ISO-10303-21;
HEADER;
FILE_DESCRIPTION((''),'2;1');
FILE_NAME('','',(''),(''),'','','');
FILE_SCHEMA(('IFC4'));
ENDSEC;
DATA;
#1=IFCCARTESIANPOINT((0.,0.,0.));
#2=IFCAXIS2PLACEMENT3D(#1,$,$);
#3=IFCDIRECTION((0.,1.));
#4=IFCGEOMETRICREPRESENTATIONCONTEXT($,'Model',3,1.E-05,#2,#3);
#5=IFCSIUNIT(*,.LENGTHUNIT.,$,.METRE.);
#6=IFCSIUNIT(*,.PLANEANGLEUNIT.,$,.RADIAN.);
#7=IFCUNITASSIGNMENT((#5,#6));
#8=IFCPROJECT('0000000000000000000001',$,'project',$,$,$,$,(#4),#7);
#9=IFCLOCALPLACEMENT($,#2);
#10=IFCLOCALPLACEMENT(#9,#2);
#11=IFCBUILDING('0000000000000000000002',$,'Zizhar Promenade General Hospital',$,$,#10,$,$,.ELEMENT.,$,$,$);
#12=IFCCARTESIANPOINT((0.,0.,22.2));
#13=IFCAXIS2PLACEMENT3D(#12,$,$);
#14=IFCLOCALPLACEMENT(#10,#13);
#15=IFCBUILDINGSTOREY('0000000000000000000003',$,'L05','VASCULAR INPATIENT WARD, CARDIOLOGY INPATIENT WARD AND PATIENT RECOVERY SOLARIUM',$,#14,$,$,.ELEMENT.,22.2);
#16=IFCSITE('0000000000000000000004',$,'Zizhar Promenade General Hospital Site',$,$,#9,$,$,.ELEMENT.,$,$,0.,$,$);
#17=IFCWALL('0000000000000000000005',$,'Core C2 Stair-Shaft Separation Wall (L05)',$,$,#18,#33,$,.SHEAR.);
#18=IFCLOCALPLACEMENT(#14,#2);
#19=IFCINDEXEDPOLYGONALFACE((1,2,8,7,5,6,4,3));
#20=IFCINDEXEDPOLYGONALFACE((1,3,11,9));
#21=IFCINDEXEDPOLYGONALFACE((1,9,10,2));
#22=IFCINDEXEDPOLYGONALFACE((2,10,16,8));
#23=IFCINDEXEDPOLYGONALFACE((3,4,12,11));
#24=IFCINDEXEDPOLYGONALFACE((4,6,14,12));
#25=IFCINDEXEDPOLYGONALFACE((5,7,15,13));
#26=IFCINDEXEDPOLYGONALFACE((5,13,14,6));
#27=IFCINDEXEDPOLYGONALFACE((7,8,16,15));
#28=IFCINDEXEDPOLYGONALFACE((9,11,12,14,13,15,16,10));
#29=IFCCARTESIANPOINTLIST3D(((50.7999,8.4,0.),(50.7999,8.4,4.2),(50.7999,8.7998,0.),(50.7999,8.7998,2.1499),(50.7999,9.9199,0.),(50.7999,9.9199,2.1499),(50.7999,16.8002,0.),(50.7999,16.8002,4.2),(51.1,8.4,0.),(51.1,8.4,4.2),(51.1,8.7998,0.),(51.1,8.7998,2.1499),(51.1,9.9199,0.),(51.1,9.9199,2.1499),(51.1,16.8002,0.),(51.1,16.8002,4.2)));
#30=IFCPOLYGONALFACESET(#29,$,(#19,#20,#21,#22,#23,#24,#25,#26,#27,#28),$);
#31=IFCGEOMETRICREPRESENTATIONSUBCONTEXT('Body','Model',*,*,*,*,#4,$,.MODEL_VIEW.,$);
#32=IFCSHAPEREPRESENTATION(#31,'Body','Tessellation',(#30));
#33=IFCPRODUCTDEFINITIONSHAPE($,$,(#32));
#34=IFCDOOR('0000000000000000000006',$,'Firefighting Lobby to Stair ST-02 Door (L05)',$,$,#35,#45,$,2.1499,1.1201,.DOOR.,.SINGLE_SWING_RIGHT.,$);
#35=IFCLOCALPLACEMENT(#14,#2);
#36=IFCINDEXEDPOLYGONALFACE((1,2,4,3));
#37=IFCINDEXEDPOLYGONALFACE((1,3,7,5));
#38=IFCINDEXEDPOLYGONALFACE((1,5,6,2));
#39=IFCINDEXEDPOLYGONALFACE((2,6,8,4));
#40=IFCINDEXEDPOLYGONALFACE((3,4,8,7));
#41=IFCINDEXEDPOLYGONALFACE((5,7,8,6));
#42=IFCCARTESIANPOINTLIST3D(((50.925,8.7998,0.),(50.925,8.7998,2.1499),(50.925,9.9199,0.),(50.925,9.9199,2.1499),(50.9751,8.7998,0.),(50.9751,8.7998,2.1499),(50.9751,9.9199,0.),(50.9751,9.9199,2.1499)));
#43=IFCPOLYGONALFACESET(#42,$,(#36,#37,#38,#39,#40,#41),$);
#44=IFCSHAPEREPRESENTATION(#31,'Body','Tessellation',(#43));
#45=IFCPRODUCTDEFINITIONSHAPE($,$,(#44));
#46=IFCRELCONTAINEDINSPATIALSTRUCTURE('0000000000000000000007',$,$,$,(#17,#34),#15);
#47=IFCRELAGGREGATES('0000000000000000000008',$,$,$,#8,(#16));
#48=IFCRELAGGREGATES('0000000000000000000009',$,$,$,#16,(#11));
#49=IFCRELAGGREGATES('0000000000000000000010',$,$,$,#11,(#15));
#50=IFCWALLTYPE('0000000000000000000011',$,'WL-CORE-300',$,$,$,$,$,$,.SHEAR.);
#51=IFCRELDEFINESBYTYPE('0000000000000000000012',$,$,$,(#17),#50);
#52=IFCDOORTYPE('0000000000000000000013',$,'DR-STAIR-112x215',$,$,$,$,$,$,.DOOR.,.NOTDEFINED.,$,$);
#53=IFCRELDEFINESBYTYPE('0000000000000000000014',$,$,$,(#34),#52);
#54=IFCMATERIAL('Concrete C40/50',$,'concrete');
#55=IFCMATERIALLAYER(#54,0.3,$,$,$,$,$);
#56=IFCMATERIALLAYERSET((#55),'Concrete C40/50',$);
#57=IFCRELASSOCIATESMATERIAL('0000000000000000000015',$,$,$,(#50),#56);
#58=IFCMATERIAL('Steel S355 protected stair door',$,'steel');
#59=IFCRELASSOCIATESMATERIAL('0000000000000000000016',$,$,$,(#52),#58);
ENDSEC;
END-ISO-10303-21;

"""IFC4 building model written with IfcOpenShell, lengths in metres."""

from ifc_helpers import new_model, si_unit, direction, frame, frame_2d, origin, place, context, subcontext, project, spatial, rectangle, extrude, material, layer, layer_set, type_object, element, fill, save


model = new_model("IFC4")

# Units and contexts
model_context = context("Model", 3, precision=1e-05, world=origin(), true_north=direction((0.0, 1.0)))
body_context = subcontext(model_context, "Body", "Model", "MODEL_VIEW")
ifc_project = project(units=[si_unit("LENGTHUNIT", "METRE"), si_unit("PLANEANGLEUNIT", "RADIAN")], contexts=[model_context])

# Site, building, storey
site_placement = place(None, origin())
site = spatial("IfcSite", under=ifc_project, at=site_placement, Name="Zizhar Promenade General Hospital Site", CompositionType="ELEMENT", RefElevation=0.0)
building_placement = place(site_placement, origin())
building = spatial("IfcBuilding", under=site, at=building_placement, Name="Zizhar Promenade General Hospital", CompositionType="ELEMENT")
storey_placement = place(building_placement, frame((0.0, 0.0, 22.2)))
storey = spatial("IfcBuildingStorey", under=building, at=storey_placement, Name="L05", Description="VASCULAR INPATIENT WARD, CARDIOLOGY INPATIENT WARD AND PATIENT RECOVERY SOLARIUM", CompositionType="ELEMENT", Elevation=22.2)

# Shared definitions
ifc_material_1 = material(Name="Concrete C40/50", Category="concrete")
ifc_layer_1 = layer(ifc_material_1, 0.3)
ifc_layer_set_1 = layer_set([ifc_layer_1], Name="Concrete C40/50")
wall_type_1 = type_object("IfcWallType", Name="WL-CORE-300", PredefinedType="SHEAR", material=ifc_layer_set_1)

# Wall, opening, door
wall_1_placement = place(storey_placement, frame((50.95, 8.3999, 0.0), z_axis=(0.0, 0.0, 1.0), x_axis=(0.0, 1.0, 0.0)))
wall_1 = element("IfcWall", 1, at=wall_1_placement, inside=storey, type_object=wall_type_1, Name="Core C2 Stair-Shaft Separation Wall (L05)", PredefinedType="SHEAR", context=body_context, shape_type="SweptSolid", body=[
    extrude(rectangle(XDim=8.4001, YDim=0.3, at=frame_2d((4.2002, 0.0))), origin(), (0.0, 0.0, 1.0), 4.2),
])
opening_1_placement = place(wall_1_placement, frame((0.3999, 0.0, 0.0)))
opening_1 = element("IfcOpeningElement", 2, at=opening_1_placement, cuts=wall_1, PredefinedType="OPENING", context=body_context, shape_type="SweptSolid", body=[
    extrude(rectangle(XDim=1.1201, YDim=2.1499, at=frame_2d((0.5601, 1.075))), frame((0.0, 0.1602, 0.0), z_axis=(0.0, -1.0, 0.0), x_axis=(1.0, 0.0, 0.0)), (0.0, 0.0, 1.0), 0.3201),
])
ifc_material_2 = material(Name="Steel S355 protected stair door", Category="steel")
door_type_1 = type_object("IfcDoorType", Name="DR-STAIR-112x215", OperationType="NOTDEFINED", PredefinedType="DOOR", material=ifc_material_2)
door_1_placement = place(opening_1_placement, origin())
door_1 = element("IfcDoor", 3, at=door_1_placement, inside=storey, type_object=door_type_1, Name="Firefighting Lobby to Stair ST-02 Door (L05)", OperationType="SINGLE_SWING_RIGHT", OverallHeight=2.1499, OverallWidth=1.1201, PredefinedType="DOOR", context=body_context, shape_type="SweptSolid", body=[
    extrude(rectangle(XDim=1.1201, YDim=2.1499, at=frame_2d((0.5601, 1.075))), frame((0.0, 0.0249, 0.0), z_axis=(0.0, -1.0, 0.0), x_axis=(1.0, 0.0, 0.0)), (0.0, 0.0, 1.0), 0.05),
])
fill(opening_1, door_1)

save(model, "model.ifc")
